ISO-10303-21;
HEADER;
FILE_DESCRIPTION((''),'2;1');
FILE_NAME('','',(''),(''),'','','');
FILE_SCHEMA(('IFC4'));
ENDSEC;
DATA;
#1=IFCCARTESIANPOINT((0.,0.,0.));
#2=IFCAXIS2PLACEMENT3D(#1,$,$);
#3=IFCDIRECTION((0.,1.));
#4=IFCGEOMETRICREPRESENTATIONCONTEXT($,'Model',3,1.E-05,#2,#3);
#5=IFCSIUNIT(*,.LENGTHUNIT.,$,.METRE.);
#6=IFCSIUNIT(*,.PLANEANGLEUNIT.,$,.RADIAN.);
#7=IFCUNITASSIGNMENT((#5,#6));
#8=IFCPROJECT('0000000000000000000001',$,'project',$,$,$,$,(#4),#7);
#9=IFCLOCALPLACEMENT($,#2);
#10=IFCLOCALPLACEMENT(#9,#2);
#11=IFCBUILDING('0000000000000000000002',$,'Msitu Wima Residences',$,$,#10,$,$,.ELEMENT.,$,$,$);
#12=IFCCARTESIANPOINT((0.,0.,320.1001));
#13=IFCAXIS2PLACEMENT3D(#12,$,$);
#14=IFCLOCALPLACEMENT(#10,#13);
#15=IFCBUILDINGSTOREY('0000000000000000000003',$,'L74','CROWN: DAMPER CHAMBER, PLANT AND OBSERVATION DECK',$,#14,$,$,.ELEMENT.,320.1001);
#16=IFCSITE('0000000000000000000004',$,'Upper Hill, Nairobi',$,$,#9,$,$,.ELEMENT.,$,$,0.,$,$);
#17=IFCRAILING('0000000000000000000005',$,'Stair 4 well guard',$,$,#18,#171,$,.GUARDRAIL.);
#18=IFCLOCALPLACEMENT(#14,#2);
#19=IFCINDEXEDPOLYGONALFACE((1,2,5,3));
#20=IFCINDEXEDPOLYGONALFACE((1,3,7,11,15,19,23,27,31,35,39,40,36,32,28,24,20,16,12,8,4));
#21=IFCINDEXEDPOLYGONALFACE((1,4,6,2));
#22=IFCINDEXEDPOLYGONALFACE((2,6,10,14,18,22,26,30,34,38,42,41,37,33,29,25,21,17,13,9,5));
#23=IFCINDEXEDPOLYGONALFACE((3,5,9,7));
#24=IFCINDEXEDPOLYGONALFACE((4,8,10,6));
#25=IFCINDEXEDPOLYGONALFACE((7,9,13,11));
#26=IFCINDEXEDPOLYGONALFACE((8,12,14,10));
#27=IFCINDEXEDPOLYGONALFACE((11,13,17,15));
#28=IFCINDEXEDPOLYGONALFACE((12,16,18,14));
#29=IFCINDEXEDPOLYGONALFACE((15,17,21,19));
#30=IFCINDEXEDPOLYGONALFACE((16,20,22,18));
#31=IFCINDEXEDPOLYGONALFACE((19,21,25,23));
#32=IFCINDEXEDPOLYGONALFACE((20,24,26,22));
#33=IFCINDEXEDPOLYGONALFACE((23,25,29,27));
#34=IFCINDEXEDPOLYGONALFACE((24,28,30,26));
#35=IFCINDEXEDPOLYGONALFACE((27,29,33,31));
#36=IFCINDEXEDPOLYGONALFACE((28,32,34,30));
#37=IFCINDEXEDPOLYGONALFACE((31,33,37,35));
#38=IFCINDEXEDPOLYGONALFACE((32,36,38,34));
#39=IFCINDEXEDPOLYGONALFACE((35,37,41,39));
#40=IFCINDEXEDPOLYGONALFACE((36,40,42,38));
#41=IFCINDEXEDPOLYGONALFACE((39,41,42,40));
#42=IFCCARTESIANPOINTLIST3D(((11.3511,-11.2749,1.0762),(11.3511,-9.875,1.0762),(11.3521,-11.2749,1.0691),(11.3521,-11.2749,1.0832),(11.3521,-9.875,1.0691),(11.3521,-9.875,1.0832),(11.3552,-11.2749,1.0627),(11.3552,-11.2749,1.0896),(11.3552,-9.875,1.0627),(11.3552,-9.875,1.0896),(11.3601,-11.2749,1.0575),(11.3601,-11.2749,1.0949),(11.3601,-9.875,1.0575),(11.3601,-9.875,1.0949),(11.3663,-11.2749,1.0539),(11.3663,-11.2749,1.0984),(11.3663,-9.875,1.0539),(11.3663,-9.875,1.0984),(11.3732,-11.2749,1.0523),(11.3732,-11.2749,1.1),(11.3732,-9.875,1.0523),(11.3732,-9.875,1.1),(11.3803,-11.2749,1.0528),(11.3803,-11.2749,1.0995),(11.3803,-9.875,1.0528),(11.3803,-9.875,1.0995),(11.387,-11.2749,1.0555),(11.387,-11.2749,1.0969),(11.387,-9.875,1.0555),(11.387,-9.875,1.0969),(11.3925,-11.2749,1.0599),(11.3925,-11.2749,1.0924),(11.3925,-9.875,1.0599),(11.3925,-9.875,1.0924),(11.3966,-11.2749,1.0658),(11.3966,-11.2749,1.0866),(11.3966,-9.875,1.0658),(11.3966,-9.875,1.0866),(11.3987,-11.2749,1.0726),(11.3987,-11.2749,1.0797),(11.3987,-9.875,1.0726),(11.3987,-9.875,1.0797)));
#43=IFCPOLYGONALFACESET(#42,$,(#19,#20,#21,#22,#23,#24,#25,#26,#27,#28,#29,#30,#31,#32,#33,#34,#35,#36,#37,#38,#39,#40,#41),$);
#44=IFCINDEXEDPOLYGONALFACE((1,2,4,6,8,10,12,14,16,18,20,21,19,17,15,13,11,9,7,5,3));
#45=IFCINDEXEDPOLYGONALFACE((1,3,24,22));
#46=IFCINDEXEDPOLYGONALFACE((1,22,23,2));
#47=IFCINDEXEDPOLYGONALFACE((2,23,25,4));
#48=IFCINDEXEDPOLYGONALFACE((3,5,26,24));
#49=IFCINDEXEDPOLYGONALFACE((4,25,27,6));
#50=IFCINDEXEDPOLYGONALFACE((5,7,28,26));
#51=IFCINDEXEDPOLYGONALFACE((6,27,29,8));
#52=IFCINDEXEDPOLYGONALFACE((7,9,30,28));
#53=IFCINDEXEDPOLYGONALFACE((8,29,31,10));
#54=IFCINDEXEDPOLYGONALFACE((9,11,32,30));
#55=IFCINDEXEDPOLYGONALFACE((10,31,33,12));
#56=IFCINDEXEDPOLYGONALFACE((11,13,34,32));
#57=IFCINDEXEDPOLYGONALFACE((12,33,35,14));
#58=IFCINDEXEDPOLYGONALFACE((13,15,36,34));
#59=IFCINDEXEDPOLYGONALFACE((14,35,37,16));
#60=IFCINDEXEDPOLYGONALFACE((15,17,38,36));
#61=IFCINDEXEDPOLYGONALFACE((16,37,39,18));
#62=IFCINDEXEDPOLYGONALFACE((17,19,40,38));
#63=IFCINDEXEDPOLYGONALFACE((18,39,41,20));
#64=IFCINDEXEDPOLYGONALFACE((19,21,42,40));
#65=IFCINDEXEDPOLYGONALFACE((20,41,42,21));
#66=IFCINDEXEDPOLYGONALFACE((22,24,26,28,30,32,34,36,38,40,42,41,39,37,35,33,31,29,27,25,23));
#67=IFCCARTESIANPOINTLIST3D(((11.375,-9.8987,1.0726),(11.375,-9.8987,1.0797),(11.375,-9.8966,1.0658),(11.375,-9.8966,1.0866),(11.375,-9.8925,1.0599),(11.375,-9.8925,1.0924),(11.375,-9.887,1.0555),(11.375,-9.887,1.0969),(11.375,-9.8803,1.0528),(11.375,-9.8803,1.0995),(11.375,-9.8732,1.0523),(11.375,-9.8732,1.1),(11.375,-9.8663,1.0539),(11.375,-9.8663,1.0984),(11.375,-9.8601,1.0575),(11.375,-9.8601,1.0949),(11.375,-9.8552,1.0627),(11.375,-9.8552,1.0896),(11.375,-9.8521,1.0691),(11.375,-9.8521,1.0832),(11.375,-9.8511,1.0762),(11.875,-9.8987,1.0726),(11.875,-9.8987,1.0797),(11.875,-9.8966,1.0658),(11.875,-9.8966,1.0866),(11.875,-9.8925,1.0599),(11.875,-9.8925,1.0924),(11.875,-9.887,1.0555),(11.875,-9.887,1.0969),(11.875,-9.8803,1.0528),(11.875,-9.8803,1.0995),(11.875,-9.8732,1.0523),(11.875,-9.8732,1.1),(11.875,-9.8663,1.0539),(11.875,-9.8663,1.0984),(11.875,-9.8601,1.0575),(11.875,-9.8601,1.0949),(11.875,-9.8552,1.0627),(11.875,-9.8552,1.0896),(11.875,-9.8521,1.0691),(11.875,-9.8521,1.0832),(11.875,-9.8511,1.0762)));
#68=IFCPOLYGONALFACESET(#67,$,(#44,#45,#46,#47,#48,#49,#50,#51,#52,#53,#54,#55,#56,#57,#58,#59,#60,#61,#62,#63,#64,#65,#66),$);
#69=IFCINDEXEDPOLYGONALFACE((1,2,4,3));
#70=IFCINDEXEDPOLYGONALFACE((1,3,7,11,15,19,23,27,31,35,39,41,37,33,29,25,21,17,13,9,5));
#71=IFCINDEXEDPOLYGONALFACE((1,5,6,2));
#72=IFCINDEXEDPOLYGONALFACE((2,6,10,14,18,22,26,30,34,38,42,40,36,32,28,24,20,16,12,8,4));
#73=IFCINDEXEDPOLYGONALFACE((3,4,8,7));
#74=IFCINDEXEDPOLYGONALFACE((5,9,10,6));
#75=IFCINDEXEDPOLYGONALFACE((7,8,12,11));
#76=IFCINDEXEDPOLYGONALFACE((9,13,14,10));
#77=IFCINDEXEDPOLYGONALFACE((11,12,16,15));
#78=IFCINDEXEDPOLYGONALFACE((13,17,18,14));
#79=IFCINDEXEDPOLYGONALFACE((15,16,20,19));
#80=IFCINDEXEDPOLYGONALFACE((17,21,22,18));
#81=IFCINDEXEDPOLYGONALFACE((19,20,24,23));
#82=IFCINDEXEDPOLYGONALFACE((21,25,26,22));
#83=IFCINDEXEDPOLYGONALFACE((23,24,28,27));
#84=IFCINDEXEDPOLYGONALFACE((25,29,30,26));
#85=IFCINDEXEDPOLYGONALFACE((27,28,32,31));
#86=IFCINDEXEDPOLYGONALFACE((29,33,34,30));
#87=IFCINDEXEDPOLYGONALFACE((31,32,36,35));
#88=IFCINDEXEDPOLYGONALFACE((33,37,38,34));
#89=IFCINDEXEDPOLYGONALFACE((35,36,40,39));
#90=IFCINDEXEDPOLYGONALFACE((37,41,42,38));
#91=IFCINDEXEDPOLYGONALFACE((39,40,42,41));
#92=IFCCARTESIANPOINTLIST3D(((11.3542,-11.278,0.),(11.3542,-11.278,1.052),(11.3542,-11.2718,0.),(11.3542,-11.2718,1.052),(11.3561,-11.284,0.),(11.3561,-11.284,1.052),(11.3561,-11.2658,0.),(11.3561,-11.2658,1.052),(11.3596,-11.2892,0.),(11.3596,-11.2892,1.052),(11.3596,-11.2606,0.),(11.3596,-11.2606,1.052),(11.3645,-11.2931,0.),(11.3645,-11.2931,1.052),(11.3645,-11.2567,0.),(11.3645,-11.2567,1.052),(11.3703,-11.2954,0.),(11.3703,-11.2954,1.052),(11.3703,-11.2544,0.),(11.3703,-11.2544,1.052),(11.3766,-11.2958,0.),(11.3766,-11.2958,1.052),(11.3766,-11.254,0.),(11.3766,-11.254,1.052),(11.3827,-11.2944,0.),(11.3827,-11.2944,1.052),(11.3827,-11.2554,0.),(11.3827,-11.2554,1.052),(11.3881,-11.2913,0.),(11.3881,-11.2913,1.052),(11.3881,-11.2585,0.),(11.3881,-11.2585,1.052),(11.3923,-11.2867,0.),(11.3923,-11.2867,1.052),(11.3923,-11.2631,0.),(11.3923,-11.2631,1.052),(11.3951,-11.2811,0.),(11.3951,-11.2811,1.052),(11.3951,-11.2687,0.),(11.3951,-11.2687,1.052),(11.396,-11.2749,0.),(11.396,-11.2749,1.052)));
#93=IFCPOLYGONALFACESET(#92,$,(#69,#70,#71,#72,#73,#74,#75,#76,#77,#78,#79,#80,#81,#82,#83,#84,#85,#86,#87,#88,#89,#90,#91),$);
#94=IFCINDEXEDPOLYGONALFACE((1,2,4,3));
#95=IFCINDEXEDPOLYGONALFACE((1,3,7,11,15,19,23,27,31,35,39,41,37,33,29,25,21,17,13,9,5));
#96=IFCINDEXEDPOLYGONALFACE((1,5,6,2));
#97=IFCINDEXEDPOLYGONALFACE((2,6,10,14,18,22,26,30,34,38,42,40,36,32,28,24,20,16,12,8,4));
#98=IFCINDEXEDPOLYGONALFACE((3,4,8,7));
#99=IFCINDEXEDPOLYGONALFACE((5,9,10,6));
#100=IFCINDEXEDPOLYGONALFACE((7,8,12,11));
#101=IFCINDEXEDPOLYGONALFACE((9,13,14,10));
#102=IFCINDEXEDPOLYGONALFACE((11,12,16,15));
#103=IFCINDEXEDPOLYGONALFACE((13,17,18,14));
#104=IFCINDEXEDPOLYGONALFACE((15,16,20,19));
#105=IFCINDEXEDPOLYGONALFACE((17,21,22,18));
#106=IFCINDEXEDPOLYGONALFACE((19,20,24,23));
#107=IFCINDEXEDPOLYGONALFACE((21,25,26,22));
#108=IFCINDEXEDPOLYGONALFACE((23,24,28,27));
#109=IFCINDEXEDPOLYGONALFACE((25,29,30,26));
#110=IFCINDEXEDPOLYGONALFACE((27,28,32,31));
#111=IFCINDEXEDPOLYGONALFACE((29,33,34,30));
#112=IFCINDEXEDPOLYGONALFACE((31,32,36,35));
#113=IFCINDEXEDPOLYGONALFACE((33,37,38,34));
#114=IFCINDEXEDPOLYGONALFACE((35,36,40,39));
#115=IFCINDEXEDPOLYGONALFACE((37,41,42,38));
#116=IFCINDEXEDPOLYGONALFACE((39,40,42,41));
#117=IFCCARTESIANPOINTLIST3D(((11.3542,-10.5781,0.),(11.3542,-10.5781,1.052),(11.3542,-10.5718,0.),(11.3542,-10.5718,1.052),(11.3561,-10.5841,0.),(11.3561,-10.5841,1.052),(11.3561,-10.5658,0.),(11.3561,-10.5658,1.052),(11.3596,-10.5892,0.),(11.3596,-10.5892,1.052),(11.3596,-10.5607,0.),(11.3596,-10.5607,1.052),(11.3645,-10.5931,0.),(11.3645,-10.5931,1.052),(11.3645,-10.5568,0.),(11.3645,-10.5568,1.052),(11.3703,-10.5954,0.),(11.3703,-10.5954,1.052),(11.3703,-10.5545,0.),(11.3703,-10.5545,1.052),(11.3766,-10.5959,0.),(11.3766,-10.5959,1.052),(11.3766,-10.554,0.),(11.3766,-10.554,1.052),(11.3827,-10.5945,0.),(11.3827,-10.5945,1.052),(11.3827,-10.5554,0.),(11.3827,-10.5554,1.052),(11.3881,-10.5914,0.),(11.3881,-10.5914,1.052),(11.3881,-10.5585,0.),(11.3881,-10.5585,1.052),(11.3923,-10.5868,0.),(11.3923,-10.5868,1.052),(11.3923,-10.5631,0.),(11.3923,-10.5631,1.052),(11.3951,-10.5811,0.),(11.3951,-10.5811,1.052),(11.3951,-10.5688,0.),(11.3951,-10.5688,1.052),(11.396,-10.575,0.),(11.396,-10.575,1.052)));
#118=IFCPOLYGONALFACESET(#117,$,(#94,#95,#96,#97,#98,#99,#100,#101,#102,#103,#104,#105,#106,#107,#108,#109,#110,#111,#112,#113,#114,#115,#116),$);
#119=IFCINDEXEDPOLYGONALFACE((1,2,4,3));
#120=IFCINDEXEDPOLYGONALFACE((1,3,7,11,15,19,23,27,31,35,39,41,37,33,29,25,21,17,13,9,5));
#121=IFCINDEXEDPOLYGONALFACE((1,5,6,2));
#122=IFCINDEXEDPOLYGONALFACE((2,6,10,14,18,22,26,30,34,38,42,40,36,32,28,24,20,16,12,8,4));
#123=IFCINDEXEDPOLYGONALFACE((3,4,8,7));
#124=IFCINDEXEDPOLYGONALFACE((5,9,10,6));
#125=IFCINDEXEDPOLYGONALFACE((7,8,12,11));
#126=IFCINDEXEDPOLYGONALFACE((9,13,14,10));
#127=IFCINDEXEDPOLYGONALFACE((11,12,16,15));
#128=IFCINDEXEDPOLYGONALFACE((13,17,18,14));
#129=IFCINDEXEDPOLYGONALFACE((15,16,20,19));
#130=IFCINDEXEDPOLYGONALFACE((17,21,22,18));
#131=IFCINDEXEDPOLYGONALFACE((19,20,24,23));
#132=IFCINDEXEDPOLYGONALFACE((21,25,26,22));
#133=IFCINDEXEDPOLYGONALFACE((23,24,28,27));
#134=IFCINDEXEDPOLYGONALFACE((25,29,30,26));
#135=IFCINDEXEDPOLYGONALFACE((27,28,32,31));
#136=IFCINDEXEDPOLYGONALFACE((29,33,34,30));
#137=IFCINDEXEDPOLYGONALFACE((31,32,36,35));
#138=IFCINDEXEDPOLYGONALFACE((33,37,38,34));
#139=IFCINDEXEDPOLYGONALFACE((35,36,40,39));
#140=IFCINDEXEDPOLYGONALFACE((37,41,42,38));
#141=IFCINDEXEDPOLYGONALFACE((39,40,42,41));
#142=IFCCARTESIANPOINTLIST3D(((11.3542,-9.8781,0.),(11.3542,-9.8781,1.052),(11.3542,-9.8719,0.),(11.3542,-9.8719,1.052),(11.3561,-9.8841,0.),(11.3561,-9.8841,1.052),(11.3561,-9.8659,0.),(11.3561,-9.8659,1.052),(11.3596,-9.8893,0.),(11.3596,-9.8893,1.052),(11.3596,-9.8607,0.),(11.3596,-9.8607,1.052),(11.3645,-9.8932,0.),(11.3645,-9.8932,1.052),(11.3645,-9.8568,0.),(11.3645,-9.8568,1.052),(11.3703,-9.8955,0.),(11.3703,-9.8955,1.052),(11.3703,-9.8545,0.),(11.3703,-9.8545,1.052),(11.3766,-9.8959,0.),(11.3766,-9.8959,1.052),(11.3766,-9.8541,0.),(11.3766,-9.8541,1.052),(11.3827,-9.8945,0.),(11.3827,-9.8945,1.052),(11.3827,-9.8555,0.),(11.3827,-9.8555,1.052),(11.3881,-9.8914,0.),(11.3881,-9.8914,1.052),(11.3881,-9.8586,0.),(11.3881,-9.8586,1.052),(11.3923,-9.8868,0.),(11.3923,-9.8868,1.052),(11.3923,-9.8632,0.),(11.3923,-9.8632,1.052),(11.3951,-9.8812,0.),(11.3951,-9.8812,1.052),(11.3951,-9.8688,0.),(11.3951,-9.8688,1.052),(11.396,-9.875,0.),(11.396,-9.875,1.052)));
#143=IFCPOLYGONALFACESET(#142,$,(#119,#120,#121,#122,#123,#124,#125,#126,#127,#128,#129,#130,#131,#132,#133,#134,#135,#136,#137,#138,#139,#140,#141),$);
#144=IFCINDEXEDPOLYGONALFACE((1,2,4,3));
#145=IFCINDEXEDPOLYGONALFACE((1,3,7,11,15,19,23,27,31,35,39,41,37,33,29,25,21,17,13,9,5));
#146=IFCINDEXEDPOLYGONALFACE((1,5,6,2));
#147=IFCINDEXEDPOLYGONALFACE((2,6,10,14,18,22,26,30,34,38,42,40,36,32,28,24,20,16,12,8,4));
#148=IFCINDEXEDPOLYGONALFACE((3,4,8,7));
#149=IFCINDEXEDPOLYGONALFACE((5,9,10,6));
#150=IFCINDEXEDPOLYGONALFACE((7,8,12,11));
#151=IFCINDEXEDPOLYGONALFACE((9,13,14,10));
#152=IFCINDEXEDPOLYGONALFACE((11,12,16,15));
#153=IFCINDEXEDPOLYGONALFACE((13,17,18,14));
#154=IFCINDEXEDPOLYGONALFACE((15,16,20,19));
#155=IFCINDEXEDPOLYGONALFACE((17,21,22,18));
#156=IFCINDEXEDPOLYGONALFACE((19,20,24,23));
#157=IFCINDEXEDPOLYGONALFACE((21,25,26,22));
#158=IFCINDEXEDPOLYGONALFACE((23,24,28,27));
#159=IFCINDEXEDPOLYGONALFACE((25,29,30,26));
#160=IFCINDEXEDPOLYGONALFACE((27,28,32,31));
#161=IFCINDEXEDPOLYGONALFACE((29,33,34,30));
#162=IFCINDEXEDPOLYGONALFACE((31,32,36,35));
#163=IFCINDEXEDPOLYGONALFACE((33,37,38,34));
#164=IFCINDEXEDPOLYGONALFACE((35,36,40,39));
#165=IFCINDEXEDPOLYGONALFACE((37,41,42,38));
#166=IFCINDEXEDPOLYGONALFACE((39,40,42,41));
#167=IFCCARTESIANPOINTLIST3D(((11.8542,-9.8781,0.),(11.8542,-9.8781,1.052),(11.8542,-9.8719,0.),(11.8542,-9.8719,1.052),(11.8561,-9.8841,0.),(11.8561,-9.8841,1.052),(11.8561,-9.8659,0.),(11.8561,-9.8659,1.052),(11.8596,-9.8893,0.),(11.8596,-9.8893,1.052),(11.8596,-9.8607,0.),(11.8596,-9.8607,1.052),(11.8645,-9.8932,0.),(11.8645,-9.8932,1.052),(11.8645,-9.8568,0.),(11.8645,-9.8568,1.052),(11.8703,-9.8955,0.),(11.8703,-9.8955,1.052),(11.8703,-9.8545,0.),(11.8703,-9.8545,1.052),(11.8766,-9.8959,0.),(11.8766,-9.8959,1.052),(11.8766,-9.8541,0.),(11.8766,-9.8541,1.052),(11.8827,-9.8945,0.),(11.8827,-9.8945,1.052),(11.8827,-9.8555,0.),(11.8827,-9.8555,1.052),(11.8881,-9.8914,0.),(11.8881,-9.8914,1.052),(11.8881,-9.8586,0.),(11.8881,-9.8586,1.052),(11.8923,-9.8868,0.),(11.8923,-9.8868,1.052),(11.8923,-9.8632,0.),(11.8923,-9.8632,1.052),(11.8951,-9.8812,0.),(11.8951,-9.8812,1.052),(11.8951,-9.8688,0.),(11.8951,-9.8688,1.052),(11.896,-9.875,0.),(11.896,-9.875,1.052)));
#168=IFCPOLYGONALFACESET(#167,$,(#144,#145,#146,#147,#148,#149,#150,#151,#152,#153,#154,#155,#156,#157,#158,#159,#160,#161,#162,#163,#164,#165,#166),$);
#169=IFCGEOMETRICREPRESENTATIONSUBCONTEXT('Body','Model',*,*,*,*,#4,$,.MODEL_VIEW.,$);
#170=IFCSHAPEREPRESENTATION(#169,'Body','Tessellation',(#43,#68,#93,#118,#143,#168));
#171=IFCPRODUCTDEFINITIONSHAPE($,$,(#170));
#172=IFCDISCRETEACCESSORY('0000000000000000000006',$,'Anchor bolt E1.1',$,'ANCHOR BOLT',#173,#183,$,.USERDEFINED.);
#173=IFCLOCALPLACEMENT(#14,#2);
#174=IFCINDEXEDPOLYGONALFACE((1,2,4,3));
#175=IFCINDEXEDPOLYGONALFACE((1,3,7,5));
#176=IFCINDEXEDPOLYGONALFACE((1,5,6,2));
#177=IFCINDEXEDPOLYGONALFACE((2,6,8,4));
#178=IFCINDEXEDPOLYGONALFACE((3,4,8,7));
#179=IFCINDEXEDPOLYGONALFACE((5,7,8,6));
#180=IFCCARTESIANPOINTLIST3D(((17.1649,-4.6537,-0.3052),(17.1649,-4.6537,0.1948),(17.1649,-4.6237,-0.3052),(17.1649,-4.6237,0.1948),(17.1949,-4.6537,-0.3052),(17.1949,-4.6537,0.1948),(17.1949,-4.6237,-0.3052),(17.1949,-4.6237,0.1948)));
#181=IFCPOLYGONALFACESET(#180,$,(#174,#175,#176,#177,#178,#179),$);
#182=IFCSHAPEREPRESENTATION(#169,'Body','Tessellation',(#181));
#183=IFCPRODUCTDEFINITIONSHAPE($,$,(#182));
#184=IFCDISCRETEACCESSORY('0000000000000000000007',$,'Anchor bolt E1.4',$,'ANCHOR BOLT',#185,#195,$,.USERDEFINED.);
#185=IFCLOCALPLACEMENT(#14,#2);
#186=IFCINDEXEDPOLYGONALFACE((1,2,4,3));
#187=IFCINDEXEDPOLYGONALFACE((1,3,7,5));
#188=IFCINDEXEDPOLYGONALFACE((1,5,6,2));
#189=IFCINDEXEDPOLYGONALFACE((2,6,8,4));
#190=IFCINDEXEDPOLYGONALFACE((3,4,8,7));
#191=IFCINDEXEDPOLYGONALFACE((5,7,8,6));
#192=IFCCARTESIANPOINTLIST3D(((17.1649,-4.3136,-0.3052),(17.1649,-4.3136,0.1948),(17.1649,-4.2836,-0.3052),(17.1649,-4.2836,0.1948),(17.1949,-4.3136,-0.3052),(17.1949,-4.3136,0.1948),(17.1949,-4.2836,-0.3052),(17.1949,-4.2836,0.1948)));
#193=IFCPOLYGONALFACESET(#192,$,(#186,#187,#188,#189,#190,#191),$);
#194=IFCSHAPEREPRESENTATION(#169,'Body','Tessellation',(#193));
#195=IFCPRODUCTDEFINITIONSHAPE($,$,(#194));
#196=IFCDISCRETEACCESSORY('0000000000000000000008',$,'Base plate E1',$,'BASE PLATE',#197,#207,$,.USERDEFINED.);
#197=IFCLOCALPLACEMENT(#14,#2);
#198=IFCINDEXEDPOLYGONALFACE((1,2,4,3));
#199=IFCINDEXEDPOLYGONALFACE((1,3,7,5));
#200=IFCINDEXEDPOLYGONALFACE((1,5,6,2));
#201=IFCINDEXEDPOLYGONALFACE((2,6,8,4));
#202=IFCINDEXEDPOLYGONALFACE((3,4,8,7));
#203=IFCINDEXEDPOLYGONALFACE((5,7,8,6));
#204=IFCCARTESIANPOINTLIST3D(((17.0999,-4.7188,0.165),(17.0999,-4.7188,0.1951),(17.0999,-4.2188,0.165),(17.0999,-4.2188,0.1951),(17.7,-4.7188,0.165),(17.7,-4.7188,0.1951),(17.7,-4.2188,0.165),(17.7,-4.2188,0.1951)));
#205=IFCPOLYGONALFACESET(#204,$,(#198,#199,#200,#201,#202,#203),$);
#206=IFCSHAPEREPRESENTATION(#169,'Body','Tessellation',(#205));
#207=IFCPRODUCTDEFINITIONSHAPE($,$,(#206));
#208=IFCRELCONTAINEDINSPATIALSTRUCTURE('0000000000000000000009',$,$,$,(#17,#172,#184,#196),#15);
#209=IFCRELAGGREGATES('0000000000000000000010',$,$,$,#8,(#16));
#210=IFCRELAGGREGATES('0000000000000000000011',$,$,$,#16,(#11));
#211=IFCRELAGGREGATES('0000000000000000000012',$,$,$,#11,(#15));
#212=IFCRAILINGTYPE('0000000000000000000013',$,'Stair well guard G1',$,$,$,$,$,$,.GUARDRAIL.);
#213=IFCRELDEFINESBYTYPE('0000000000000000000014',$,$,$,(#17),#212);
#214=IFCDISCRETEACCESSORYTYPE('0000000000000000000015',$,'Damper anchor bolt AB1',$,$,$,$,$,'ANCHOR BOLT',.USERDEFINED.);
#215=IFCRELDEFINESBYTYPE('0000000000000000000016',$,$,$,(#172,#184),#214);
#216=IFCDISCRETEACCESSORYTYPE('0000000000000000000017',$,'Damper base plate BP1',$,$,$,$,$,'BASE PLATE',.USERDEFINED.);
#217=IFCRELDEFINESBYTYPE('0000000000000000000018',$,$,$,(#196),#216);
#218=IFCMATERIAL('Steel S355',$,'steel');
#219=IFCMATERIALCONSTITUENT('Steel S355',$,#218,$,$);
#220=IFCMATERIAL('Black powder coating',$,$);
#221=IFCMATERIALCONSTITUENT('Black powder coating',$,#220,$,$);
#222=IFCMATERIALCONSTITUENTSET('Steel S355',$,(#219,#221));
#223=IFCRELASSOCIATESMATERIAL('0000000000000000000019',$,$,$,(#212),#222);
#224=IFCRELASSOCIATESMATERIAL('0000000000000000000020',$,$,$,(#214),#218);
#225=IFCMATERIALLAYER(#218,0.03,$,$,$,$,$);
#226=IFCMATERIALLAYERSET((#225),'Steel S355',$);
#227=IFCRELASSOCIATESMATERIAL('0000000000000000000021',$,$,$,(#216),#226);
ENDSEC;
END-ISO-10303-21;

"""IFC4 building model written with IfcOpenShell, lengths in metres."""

from ifc_helpers import new_model, si_unit, direction, frame, origin, origin_2d, place, context, subcontext, project, spatial, rectangle, circle, extrude, material, layer, layer_set, constituent, constituent_set, type_object, element, save


model = new_model("IFC4")

# Units and contexts
model_context = context("Model", 3, precision=1e-05, world=origin(), true_north=direction((0.0, 1.0)))
body_context = subcontext(model_context, "Body", "Model", "MODEL_VIEW")
ifc_project = project(units=[si_unit("LENGTHUNIT", "METRE"), si_unit("PLANEANGLEUNIT", "RADIAN")], contexts=[model_context])

# Site, building, storey
site_placement = place(None, origin())
site = spatial("IfcSite", under=ifc_project, at=site_placement, Name="Upper Hill, Nairobi", CompositionType="ELEMENT", RefElevation=0.0)
building_placement = place(site_placement, origin())
building = spatial("IfcBuilding", under=site, at=building_placement, Name="Msitu Wima Residences", CompositionType="ELEMENT")
storey_placement = place(building_placement, frame((0.0, 0.0, 320.1001)))
storey = spatial("IfcBuildingStorey", under=building, at=storey_placement, Name="L74", Description="CROWN: DAMPER CHAMBER, PLANT AND OBSERVATION DECK", CompositionType="ELEMENT", Elevation=320.1001)

# Shared definitions
ifc_material_1 = material(Name="Steel S355", Category="steel")

# Railing
ifc_constituent_1 = constituent(ifc_material_1, Name="Steel S355")
ifc_material_2 = material(Name="Black powder coating")
ifc_constituent_2 = constituent(ifc_material_2, Name="Black powder coating")
ifc_constituent_set = constituent_set(constituents=[ifc_constituent_1, ifc_constituent_2], Name="Steel S355")
railing_type = type_object("IfcRailingType", Name="Stair well guard G1", PredefinedType="GUARDRAIL", material=ifc_constituent_set)
railing_placement = place(storey_placement, frame((11.375, -11.2749, 0.0)))
element("IfcRailing", 1, at=railing_placement, inside=storey, type_object=railing_type, Name="Stair 4 well guard", PredefinedType="GUARDRAIL", context=body_context, shape_type="SweptSolid", body=[
    extrude(circle(Radius=0.0239, at=origin_2d()), frame((0.0, 0.0, 1.0762), z_axis=(0.0, 1.0, 0.0), x_axis=(-1.0, 0.0, 0.0)), (0.0, 0.0, 1.0), 1.3999),
    extrude(circle(Radius=0.0239, at=origin_2d()), frame((0.0, 1.3999, 1.0762), z_axis=(1.0, 0.0, 0.0), x_axis=(0.0, 1.0, 0.0)), (0.0, 0.0, 1.0), 0.5),
    extrude(circle(Radius=0.021, at=origin_2d()), origin(), (0.0, 0.0, 1.0), 1.052),
    extrude(circle(Radius=0.021, at=origin_2d()), frame((0.0, 0.7, 0.0)), (0.0, 0.0, 1.0), 1.052),
    extrude(circle(Radius=0.021, at=origin_2d()), frame((0.0, 1.3999, 0.0)), (0.0, 0.0, 1.0), 1.052),
    extrude(circle(Radius=0.021, at=origin_2d()), frame((0.5, 1.3999, 0.0)), (0.0, 0.0, 1.0), 1.052),
])

# Discrete accessories
discrete_accessory_type_1 = type_object("IfcDiscreteAccessoryType", Name="Damper anchor bolt AB1", ElementType="ANCHOR BOLT", PredefinedType="USERDEFINED", material=ifc_material_1)
for number, where, z_axis, x_axis, name in (
    (2, (17.1799, -4.6387, -0.3052), (0.0, 0.0, 1.0), (1.0, 0.0, 0.0), "Anchor bolt E1.1"),
    (3, (17.1799, -4.2986, -0.3052), (0.0, 0.0, 1.0), (1.0, 0.0, 0.0), "Anchor bolt E1.4"),
):
    element("IfcDiscreteAccessory", number, at=place(storey_placement, frame(where, z_axis=z_axis, x_axis=x_axis)), inside=storey, type_object=discrete_accessory_type_1, Name=name, ObjectType="ANCHOR BOLT", PredefinedType="USERDEFINED", context=body_context, shape_type="SweptSolid", body=[
        extrude(rectangle(XDim=0.03, YDim=0.03, at=origin_2d()), origin(), (0.0, 0.0, 1.0), 0.5),
    ])
ifc_layer_1 = layer(ifc_material_1, 0.03)
ifc_layer_set_1 = layer_set([ifc_layer_1], Name="Steel S355")
discrete_accessory_type_2 = type_object("IfcDiscreteAccessoryType", Name="Damper base plate BP1", ElementType="BASE PLATE", PredefinedType="USERDEFINED", material=ifc_layer_set_1)
discrete_accessory_1_placement = place(storey_placement, frame((17.3999, -4.4688, 0.165), z_axis=(0.0, 0.0, 1.0), x_axis=(1.0, 0.0, 0.0)))
element("IfcDiscreteAccessory", 4, at=discrete_accessory_1_placement, inside=storey, type_object=discrete_accessory_type_2, Name="Base plate E1", ObjectType="BASE PLATE", PredefinedType="USERDEFINED", context=body_context, shape_type="SweptSolid", body=[
    extrude(rectangle(XDim=0.6001, YDim=0.5, at=origin_2d()), origin(), (0.0, 0.0, 1.0), 0.03),
])

save(model, "model.ifc")
